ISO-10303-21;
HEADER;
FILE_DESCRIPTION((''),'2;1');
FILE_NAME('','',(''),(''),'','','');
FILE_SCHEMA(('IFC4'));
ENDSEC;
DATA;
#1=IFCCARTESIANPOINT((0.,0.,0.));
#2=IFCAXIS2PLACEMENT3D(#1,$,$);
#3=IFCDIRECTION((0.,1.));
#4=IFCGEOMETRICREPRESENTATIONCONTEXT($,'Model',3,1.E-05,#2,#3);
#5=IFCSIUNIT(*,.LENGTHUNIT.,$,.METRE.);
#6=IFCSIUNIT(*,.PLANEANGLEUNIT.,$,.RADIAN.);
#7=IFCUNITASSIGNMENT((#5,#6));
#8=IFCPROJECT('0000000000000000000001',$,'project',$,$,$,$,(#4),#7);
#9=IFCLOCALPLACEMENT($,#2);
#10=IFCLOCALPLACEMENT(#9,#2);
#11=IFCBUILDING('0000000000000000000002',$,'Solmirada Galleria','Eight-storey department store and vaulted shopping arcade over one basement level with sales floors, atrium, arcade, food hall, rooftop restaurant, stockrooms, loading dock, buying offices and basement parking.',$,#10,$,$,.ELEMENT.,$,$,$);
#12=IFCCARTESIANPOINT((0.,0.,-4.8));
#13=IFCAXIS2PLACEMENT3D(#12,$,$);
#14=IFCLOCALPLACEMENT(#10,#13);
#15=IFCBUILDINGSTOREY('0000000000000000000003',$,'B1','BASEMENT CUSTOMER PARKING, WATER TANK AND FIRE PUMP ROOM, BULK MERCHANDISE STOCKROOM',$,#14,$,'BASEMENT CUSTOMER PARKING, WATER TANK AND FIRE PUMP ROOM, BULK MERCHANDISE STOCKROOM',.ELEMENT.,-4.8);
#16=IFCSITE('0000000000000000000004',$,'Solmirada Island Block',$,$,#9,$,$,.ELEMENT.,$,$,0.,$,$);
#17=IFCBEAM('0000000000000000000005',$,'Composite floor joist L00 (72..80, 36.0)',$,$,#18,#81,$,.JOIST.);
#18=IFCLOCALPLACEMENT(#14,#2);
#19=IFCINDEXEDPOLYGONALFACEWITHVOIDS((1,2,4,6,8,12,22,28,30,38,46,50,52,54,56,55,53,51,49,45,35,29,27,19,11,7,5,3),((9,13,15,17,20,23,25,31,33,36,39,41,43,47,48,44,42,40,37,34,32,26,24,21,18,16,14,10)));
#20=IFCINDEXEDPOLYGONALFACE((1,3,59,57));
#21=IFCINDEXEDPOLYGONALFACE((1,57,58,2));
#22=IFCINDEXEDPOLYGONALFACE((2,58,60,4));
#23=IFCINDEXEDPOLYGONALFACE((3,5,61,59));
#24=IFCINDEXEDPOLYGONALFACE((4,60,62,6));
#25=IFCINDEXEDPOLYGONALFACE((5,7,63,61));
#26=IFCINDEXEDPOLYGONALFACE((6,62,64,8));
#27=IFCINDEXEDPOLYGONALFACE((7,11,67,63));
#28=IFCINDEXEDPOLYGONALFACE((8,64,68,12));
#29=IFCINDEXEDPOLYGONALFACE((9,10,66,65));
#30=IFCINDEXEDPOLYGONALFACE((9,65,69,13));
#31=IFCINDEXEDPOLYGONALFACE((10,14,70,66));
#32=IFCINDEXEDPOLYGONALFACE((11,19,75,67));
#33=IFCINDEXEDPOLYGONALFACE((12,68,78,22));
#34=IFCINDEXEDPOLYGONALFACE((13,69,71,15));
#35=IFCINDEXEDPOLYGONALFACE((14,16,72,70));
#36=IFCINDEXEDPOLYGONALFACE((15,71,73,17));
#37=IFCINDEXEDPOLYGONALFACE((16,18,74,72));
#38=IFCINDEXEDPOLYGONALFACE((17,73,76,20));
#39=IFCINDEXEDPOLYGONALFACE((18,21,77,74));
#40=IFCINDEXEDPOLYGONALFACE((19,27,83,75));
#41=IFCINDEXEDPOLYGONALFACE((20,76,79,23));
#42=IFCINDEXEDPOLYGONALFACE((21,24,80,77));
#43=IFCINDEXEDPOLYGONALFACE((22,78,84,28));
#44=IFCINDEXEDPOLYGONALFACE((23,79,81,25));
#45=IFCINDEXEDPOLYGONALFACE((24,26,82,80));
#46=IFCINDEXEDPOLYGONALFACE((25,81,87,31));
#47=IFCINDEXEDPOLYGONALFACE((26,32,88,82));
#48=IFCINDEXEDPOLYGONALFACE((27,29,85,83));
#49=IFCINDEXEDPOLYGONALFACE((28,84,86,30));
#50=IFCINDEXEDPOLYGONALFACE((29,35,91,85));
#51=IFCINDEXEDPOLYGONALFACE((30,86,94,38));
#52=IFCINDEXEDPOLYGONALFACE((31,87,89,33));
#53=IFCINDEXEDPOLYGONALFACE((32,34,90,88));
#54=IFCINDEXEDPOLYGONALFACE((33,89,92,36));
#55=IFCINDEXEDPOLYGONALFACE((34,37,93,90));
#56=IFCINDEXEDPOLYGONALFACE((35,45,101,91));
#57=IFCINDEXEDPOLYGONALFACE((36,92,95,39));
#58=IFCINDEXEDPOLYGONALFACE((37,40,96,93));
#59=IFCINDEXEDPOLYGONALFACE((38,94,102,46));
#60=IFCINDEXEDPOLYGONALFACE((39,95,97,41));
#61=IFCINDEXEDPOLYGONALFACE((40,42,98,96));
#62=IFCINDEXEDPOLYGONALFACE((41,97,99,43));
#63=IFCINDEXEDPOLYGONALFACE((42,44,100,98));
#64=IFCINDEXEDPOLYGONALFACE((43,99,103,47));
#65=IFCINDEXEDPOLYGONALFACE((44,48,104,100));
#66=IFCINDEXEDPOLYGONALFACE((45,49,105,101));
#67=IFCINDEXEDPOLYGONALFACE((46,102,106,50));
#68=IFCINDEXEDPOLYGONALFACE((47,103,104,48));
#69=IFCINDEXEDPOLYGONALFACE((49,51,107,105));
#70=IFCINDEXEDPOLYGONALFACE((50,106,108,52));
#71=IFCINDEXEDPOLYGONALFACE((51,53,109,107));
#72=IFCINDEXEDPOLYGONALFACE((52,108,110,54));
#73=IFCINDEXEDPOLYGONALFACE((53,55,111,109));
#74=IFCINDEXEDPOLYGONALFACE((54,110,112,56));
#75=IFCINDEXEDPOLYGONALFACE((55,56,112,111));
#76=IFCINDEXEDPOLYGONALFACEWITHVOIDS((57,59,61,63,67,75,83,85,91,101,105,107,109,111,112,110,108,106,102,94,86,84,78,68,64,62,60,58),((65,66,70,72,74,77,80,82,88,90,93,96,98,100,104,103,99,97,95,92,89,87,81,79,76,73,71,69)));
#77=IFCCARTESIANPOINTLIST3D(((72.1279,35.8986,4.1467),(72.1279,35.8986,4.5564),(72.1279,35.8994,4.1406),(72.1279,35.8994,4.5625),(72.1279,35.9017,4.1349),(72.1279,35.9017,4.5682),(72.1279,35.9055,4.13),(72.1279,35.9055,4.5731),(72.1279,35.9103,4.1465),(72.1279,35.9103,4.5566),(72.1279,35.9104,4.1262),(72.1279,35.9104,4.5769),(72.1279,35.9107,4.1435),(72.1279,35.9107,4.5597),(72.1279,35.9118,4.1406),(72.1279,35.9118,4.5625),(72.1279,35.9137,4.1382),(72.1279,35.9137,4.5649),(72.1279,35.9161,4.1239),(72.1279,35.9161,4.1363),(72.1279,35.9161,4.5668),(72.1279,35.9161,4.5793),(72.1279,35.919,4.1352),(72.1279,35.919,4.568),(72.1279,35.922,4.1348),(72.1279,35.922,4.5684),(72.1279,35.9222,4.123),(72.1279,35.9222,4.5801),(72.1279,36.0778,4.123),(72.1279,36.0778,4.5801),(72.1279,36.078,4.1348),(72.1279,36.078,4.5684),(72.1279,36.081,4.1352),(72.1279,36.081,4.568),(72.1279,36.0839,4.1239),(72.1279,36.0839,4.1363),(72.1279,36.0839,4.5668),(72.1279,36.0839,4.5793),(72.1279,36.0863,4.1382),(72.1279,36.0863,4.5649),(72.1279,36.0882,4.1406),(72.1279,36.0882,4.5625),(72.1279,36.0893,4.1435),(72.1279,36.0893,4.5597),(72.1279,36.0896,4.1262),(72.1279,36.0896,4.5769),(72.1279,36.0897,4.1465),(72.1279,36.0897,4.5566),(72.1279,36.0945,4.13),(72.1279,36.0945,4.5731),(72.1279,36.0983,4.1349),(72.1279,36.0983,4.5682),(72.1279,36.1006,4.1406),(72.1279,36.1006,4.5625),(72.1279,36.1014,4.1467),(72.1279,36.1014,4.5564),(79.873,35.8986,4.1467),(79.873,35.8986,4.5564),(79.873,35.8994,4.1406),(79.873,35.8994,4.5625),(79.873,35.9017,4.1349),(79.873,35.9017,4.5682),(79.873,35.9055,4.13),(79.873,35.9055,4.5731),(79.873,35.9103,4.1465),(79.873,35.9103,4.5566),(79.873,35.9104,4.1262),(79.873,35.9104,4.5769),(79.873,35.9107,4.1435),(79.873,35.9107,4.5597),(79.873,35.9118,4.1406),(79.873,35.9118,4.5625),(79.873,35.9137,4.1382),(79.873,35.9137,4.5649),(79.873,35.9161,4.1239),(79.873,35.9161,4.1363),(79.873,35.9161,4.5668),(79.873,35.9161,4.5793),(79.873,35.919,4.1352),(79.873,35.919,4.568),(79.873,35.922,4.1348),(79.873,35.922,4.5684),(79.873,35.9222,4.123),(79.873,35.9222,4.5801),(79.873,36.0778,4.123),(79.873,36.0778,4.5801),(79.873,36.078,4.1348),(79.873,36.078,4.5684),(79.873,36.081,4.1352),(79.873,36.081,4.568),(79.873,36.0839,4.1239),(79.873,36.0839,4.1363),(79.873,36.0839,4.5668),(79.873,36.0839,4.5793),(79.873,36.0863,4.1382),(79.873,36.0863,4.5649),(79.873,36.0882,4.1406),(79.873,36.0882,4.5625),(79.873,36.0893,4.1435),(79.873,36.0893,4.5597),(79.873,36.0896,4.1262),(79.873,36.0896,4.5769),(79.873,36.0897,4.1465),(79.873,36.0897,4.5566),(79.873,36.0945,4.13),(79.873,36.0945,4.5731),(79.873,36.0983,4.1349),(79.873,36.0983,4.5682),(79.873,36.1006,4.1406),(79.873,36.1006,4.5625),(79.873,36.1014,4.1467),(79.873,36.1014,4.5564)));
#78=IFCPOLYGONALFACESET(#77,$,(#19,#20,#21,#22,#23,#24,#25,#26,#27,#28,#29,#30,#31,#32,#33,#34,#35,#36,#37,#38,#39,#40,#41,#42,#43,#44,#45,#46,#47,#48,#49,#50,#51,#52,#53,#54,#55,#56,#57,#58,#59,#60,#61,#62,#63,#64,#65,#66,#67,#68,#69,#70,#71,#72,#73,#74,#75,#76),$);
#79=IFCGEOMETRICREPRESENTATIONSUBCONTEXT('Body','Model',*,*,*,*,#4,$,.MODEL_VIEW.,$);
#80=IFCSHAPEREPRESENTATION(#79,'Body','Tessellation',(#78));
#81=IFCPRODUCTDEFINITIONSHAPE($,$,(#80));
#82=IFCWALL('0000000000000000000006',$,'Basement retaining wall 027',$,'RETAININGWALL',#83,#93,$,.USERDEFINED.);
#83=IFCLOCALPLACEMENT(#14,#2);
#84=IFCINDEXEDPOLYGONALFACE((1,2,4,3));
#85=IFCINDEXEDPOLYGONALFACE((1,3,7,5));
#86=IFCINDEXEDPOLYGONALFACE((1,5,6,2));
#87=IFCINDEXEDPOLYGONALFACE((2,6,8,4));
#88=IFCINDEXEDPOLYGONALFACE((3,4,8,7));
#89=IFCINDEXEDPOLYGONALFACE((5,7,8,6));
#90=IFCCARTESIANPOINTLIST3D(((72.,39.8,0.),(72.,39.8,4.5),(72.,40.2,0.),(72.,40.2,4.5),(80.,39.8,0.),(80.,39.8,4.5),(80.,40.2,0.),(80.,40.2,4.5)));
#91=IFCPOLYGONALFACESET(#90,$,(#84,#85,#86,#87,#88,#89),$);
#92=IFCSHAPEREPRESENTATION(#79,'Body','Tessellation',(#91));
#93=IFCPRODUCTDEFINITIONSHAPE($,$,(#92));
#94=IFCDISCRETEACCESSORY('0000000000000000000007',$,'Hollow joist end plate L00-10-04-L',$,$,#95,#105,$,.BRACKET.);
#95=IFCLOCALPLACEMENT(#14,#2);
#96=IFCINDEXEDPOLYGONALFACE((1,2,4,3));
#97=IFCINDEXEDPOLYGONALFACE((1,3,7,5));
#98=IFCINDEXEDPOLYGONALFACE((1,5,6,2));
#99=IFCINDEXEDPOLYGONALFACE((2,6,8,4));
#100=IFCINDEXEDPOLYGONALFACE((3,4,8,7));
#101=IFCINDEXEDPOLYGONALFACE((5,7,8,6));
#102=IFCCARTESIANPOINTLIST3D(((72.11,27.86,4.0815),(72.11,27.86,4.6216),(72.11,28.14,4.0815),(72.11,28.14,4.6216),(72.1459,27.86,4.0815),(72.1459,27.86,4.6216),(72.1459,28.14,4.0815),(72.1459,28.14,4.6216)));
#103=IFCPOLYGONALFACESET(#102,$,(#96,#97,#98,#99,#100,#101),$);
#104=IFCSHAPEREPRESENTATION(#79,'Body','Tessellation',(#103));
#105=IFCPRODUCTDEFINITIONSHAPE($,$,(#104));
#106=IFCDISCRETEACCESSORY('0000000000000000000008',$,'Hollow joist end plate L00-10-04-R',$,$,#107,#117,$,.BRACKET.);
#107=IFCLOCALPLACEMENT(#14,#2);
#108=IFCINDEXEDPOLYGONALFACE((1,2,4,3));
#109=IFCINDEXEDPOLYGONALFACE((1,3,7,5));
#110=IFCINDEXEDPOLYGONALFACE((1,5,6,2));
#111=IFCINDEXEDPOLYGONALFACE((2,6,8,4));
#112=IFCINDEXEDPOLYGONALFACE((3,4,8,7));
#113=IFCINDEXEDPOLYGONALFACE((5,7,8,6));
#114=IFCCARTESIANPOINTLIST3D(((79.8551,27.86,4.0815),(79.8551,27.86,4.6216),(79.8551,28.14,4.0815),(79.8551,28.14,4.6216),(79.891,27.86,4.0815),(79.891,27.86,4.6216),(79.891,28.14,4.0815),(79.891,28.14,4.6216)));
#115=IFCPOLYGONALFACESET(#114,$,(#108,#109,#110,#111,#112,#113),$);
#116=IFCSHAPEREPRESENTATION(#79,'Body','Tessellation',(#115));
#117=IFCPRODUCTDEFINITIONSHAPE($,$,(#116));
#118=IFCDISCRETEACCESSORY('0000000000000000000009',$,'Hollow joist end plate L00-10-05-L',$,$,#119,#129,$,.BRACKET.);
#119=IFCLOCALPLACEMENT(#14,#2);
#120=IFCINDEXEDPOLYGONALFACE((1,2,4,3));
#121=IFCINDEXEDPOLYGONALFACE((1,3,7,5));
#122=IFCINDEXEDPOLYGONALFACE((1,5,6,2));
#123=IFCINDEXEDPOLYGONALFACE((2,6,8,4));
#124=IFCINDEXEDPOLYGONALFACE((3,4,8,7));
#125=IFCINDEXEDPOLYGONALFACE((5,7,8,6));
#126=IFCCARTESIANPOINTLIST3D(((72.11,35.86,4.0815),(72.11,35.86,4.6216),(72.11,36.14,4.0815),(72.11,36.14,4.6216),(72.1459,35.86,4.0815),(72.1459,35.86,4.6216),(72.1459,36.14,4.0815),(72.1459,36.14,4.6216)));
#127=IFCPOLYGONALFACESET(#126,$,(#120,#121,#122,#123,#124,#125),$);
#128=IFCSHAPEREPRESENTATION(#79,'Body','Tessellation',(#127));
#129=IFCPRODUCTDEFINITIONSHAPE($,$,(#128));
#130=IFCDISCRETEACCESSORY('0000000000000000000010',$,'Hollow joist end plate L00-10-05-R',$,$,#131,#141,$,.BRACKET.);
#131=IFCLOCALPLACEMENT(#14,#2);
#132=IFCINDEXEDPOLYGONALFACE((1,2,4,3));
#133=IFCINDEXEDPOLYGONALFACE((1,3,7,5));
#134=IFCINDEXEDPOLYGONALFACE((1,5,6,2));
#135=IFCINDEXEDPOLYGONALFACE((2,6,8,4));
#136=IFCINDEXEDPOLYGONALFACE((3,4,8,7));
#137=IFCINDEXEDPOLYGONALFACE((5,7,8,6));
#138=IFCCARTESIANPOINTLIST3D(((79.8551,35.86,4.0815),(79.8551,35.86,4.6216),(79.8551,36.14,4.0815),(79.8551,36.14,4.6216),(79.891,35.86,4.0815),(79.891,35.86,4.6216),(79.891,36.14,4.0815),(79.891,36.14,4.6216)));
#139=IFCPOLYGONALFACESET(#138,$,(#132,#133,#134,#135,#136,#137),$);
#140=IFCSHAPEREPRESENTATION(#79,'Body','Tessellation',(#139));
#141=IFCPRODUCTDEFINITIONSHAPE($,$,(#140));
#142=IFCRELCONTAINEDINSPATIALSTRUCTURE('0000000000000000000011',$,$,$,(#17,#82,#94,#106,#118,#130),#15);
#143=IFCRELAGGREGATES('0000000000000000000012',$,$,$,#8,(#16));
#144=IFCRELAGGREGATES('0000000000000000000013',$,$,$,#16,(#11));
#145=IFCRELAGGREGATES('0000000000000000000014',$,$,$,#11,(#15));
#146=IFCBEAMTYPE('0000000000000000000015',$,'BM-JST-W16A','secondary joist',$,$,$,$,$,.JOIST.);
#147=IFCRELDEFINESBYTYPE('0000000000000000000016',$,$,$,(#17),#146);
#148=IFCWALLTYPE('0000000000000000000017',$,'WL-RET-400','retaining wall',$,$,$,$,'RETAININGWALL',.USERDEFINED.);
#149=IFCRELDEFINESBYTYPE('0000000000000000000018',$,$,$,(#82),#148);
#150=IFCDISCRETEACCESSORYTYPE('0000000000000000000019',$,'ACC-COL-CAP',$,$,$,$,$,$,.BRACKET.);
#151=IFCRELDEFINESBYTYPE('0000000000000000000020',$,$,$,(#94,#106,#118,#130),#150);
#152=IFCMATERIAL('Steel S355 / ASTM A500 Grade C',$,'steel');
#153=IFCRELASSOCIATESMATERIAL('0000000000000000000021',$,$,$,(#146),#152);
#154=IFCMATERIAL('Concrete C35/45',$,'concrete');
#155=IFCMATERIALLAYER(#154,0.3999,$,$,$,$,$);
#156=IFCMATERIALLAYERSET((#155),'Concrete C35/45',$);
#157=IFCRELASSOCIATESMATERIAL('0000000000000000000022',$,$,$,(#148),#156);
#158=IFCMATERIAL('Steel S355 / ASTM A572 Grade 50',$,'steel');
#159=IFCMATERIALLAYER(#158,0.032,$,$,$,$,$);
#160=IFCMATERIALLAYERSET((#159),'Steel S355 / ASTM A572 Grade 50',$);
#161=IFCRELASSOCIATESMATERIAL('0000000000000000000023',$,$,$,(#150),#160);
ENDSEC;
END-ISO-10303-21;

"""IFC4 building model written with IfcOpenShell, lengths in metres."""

from ifc_helpers import new_model, si_unit, direction, frame, frame_2d, origin, origin_2d, place, context, subcontext, project, spatial, rectangle, hollow_rectangle, extrude, material, layer, layer_set, material_profile, profile_set, type_object, element, save


model = new_model("IFC4")

# Units and contexts
model_context = context("Model", 3, precision=1e-05, world=origin(), true_north=direction((0.0, 1.0)))
body_context = subcontext(model_context, "Body", "Model", "MODEL_VIEW")
ifc_project = project(units=[si_unit("LENGTHUNIT", "METRE"), si_unit("PLANEANGLEUNIT", "RADIAN")], contexts=[model_context])

# Site, building, storey
site_placement = place(None, origin())
site = spatial("IfcSite", under=ifc_project, at=site_placement, Name="Solmirada Island Block", CompositionType="ELEMENT", RefElevation=0.0)
building_placement = place(site_placement, origin())
building = spatial("IfcBuilding", under=site, at=building_placement, Name="Solmirada Galleria", Description="Eight-storey department store and vaulted shopping arcade over one basement level with sales floors, atrium, arcade, food hall, rooftop restaurant, stockrooms, loading dock, buying offices and basement parking.", CompositionType="ELEMENT")
storey_placement = place(building_placement, frame((0.0, 0.0, -4.8)))
storey = spatial("IfcBuildingStorey", under=building, at=storey_placement, Name="B1", Description="BASEMENT CUSTOMER PARKING, WATER TANK AND FIRE PUMP ROOM, BULK MERCHANDISE STOCKROOM", LongName="BASEMENT CUSTOMER PARKING, WATER TANK AND FIRE PUMP ROOM, BULK MERCHANDISE STOCKROOM", CompositionType="ELEMENT", Elevation=-4.8)

# Shared definitions
ifc_material_1 = material(Name="Concrete C35/45", Category="concrete")

# Shared definitions
ifc_material_2 = material(Name="Steel S355 / ASTM A500 Grade C", Category="steel")

# Beam
ifc_material_profile_1 = material_profile(ifc_material_2, hollow_rectangle(XDim=0.2029, YDim=0.457, WallThickness=0.0117, InnerFilletRadius=0.0117, OuterFilletRadius=0.0237, at=origin_2d()), Name="HSS18X8X1/2")
ifc_profile_set_1 = profile_set([ifc_material_profile_1], Name="Steel S355 / ASTM A500 Grade C")
beam_type_1 = type_object("IfcBeamType", Name="BM-JST-W16A", Description="secondary joist", PredefinedType="JOIST", material=ifc_profile_set_1)
for number, where, z_axis, x_axis, name in (
    (1, (72.1279, 36.0, 4.3516), (1.0, 0.0, 0.0), (0.0, 1.0, 0.0), "Composite floor joist L00 (72..80, 36.0)"),
):
    element("IfcBeam", number, at=place(storey_placement, frame(where, z_axis=z_axis, x_axis=x_axis)), inside=storey, type_object=beam_type_1, Name=name, PredefinedType="JOIST", context=body_context, shape_type="SweptSolid", body=[
        extrude(hollow_rectangle(XDim=0.2029, YDim=0.457, WallThickness=0.0117, InnerFilletRadius=0.0117, OuterFilletRadius=0.0237, at=origin_2d()), origin(), (0.0, 0.0, 1.0), 7.7451),
    ])

# Wall
ifc_layer_1 = layer(ifc_material_1, 0.3999)
ifc_layer_set_1 = layer_set([ifc_layer_1], Name="Concrete C35/45")
wall_type = type_object("IfcWallType", Name="WL-RET-400", Description="retaining wall", ElementType="RETAININGWALL", PredefinedType="USERDEFINED", material=ifc_layer_set_1)
wall_placement = place(storey_placement, frame((72.0, 40.0, 0.0), z_axis=(0.0, 0.0, 1.0), x_axis=(1.0, 0.0, 0.0)))
element("IfcWall", 2, at=wall_placement, inside=storey, type_object=wall_type, Name="Basement retaining wall 027", ObjectType="RETAININGWALL", PredefinedType="USERDEFINED", context=body_context, shape_type="SweptSolid", body=[
    extrude(rectangle(XDim=8.0, YDim=0.3999, at=frame_2d((4.0, 0.0))), origin(), (0.0, 0.0, 1.0), 4.5),
])

# Discrete accessories
ifc_material_3 = material(Name="Steel S355 / ASTM A572 Grade 50", Category="steel")
ifc_layer_2 = layer(ifc_material_3, 0.032)
ifc_layer_set_2 = layer_set([ifc_layer_2], Name="Steel S355 / ASTM A572 Grade 50")
discrete_accessory_type = type_object("IfcDiscreteAccessoryType", Name="ACC-COL-CAP", PredefinedType="BRACKET", material=ifc_layer_set_2)
for number, where, z_axis, x_axis, name in (
    (3, (72.1279, 28.0, 4.0815), (0.0, 0.0, 1.0), (1.0, 0.0, 0.0), "Hollow joist end plate L00-10-04-L"),
    (4, (79.873, 28.0, 4.0815), (0.0, 0.0, 1.0), (1.0, 0.0, 0.0), "Hollow joist end plate L00-10-04-R"),
    (5, (72.1279, 36.0, 4.0815), (0.0, 0.0, 1.0), (1.0, 0.0, 0.0), "Hollow joist end plate L00-10-05-L"),
    (6, (79.873, 36.0, 4.0815), (0.0, 0.0, 1.0), (1.0, 0.0, 0.0), "Hollow joist end plate L00-10-05-R"),
):
    element("IfcDiscreteAccessory", number, at=place(storey_placement, frame(where, z_axis=z_axis, x_axis=x_axis)), inside=storey, type_object=discrete_accessory_type, Name=name, PredefinedType="BRACKET", context=body_context, shape_type="SweptSolid", body=[
        extrude(rectangle(XDim=0.0359, YDim=0.28, at=origin_2d()), origin(), (0.0, 0.0, 1.0), 0.54),
    ])

save(model, "model.ifc")
